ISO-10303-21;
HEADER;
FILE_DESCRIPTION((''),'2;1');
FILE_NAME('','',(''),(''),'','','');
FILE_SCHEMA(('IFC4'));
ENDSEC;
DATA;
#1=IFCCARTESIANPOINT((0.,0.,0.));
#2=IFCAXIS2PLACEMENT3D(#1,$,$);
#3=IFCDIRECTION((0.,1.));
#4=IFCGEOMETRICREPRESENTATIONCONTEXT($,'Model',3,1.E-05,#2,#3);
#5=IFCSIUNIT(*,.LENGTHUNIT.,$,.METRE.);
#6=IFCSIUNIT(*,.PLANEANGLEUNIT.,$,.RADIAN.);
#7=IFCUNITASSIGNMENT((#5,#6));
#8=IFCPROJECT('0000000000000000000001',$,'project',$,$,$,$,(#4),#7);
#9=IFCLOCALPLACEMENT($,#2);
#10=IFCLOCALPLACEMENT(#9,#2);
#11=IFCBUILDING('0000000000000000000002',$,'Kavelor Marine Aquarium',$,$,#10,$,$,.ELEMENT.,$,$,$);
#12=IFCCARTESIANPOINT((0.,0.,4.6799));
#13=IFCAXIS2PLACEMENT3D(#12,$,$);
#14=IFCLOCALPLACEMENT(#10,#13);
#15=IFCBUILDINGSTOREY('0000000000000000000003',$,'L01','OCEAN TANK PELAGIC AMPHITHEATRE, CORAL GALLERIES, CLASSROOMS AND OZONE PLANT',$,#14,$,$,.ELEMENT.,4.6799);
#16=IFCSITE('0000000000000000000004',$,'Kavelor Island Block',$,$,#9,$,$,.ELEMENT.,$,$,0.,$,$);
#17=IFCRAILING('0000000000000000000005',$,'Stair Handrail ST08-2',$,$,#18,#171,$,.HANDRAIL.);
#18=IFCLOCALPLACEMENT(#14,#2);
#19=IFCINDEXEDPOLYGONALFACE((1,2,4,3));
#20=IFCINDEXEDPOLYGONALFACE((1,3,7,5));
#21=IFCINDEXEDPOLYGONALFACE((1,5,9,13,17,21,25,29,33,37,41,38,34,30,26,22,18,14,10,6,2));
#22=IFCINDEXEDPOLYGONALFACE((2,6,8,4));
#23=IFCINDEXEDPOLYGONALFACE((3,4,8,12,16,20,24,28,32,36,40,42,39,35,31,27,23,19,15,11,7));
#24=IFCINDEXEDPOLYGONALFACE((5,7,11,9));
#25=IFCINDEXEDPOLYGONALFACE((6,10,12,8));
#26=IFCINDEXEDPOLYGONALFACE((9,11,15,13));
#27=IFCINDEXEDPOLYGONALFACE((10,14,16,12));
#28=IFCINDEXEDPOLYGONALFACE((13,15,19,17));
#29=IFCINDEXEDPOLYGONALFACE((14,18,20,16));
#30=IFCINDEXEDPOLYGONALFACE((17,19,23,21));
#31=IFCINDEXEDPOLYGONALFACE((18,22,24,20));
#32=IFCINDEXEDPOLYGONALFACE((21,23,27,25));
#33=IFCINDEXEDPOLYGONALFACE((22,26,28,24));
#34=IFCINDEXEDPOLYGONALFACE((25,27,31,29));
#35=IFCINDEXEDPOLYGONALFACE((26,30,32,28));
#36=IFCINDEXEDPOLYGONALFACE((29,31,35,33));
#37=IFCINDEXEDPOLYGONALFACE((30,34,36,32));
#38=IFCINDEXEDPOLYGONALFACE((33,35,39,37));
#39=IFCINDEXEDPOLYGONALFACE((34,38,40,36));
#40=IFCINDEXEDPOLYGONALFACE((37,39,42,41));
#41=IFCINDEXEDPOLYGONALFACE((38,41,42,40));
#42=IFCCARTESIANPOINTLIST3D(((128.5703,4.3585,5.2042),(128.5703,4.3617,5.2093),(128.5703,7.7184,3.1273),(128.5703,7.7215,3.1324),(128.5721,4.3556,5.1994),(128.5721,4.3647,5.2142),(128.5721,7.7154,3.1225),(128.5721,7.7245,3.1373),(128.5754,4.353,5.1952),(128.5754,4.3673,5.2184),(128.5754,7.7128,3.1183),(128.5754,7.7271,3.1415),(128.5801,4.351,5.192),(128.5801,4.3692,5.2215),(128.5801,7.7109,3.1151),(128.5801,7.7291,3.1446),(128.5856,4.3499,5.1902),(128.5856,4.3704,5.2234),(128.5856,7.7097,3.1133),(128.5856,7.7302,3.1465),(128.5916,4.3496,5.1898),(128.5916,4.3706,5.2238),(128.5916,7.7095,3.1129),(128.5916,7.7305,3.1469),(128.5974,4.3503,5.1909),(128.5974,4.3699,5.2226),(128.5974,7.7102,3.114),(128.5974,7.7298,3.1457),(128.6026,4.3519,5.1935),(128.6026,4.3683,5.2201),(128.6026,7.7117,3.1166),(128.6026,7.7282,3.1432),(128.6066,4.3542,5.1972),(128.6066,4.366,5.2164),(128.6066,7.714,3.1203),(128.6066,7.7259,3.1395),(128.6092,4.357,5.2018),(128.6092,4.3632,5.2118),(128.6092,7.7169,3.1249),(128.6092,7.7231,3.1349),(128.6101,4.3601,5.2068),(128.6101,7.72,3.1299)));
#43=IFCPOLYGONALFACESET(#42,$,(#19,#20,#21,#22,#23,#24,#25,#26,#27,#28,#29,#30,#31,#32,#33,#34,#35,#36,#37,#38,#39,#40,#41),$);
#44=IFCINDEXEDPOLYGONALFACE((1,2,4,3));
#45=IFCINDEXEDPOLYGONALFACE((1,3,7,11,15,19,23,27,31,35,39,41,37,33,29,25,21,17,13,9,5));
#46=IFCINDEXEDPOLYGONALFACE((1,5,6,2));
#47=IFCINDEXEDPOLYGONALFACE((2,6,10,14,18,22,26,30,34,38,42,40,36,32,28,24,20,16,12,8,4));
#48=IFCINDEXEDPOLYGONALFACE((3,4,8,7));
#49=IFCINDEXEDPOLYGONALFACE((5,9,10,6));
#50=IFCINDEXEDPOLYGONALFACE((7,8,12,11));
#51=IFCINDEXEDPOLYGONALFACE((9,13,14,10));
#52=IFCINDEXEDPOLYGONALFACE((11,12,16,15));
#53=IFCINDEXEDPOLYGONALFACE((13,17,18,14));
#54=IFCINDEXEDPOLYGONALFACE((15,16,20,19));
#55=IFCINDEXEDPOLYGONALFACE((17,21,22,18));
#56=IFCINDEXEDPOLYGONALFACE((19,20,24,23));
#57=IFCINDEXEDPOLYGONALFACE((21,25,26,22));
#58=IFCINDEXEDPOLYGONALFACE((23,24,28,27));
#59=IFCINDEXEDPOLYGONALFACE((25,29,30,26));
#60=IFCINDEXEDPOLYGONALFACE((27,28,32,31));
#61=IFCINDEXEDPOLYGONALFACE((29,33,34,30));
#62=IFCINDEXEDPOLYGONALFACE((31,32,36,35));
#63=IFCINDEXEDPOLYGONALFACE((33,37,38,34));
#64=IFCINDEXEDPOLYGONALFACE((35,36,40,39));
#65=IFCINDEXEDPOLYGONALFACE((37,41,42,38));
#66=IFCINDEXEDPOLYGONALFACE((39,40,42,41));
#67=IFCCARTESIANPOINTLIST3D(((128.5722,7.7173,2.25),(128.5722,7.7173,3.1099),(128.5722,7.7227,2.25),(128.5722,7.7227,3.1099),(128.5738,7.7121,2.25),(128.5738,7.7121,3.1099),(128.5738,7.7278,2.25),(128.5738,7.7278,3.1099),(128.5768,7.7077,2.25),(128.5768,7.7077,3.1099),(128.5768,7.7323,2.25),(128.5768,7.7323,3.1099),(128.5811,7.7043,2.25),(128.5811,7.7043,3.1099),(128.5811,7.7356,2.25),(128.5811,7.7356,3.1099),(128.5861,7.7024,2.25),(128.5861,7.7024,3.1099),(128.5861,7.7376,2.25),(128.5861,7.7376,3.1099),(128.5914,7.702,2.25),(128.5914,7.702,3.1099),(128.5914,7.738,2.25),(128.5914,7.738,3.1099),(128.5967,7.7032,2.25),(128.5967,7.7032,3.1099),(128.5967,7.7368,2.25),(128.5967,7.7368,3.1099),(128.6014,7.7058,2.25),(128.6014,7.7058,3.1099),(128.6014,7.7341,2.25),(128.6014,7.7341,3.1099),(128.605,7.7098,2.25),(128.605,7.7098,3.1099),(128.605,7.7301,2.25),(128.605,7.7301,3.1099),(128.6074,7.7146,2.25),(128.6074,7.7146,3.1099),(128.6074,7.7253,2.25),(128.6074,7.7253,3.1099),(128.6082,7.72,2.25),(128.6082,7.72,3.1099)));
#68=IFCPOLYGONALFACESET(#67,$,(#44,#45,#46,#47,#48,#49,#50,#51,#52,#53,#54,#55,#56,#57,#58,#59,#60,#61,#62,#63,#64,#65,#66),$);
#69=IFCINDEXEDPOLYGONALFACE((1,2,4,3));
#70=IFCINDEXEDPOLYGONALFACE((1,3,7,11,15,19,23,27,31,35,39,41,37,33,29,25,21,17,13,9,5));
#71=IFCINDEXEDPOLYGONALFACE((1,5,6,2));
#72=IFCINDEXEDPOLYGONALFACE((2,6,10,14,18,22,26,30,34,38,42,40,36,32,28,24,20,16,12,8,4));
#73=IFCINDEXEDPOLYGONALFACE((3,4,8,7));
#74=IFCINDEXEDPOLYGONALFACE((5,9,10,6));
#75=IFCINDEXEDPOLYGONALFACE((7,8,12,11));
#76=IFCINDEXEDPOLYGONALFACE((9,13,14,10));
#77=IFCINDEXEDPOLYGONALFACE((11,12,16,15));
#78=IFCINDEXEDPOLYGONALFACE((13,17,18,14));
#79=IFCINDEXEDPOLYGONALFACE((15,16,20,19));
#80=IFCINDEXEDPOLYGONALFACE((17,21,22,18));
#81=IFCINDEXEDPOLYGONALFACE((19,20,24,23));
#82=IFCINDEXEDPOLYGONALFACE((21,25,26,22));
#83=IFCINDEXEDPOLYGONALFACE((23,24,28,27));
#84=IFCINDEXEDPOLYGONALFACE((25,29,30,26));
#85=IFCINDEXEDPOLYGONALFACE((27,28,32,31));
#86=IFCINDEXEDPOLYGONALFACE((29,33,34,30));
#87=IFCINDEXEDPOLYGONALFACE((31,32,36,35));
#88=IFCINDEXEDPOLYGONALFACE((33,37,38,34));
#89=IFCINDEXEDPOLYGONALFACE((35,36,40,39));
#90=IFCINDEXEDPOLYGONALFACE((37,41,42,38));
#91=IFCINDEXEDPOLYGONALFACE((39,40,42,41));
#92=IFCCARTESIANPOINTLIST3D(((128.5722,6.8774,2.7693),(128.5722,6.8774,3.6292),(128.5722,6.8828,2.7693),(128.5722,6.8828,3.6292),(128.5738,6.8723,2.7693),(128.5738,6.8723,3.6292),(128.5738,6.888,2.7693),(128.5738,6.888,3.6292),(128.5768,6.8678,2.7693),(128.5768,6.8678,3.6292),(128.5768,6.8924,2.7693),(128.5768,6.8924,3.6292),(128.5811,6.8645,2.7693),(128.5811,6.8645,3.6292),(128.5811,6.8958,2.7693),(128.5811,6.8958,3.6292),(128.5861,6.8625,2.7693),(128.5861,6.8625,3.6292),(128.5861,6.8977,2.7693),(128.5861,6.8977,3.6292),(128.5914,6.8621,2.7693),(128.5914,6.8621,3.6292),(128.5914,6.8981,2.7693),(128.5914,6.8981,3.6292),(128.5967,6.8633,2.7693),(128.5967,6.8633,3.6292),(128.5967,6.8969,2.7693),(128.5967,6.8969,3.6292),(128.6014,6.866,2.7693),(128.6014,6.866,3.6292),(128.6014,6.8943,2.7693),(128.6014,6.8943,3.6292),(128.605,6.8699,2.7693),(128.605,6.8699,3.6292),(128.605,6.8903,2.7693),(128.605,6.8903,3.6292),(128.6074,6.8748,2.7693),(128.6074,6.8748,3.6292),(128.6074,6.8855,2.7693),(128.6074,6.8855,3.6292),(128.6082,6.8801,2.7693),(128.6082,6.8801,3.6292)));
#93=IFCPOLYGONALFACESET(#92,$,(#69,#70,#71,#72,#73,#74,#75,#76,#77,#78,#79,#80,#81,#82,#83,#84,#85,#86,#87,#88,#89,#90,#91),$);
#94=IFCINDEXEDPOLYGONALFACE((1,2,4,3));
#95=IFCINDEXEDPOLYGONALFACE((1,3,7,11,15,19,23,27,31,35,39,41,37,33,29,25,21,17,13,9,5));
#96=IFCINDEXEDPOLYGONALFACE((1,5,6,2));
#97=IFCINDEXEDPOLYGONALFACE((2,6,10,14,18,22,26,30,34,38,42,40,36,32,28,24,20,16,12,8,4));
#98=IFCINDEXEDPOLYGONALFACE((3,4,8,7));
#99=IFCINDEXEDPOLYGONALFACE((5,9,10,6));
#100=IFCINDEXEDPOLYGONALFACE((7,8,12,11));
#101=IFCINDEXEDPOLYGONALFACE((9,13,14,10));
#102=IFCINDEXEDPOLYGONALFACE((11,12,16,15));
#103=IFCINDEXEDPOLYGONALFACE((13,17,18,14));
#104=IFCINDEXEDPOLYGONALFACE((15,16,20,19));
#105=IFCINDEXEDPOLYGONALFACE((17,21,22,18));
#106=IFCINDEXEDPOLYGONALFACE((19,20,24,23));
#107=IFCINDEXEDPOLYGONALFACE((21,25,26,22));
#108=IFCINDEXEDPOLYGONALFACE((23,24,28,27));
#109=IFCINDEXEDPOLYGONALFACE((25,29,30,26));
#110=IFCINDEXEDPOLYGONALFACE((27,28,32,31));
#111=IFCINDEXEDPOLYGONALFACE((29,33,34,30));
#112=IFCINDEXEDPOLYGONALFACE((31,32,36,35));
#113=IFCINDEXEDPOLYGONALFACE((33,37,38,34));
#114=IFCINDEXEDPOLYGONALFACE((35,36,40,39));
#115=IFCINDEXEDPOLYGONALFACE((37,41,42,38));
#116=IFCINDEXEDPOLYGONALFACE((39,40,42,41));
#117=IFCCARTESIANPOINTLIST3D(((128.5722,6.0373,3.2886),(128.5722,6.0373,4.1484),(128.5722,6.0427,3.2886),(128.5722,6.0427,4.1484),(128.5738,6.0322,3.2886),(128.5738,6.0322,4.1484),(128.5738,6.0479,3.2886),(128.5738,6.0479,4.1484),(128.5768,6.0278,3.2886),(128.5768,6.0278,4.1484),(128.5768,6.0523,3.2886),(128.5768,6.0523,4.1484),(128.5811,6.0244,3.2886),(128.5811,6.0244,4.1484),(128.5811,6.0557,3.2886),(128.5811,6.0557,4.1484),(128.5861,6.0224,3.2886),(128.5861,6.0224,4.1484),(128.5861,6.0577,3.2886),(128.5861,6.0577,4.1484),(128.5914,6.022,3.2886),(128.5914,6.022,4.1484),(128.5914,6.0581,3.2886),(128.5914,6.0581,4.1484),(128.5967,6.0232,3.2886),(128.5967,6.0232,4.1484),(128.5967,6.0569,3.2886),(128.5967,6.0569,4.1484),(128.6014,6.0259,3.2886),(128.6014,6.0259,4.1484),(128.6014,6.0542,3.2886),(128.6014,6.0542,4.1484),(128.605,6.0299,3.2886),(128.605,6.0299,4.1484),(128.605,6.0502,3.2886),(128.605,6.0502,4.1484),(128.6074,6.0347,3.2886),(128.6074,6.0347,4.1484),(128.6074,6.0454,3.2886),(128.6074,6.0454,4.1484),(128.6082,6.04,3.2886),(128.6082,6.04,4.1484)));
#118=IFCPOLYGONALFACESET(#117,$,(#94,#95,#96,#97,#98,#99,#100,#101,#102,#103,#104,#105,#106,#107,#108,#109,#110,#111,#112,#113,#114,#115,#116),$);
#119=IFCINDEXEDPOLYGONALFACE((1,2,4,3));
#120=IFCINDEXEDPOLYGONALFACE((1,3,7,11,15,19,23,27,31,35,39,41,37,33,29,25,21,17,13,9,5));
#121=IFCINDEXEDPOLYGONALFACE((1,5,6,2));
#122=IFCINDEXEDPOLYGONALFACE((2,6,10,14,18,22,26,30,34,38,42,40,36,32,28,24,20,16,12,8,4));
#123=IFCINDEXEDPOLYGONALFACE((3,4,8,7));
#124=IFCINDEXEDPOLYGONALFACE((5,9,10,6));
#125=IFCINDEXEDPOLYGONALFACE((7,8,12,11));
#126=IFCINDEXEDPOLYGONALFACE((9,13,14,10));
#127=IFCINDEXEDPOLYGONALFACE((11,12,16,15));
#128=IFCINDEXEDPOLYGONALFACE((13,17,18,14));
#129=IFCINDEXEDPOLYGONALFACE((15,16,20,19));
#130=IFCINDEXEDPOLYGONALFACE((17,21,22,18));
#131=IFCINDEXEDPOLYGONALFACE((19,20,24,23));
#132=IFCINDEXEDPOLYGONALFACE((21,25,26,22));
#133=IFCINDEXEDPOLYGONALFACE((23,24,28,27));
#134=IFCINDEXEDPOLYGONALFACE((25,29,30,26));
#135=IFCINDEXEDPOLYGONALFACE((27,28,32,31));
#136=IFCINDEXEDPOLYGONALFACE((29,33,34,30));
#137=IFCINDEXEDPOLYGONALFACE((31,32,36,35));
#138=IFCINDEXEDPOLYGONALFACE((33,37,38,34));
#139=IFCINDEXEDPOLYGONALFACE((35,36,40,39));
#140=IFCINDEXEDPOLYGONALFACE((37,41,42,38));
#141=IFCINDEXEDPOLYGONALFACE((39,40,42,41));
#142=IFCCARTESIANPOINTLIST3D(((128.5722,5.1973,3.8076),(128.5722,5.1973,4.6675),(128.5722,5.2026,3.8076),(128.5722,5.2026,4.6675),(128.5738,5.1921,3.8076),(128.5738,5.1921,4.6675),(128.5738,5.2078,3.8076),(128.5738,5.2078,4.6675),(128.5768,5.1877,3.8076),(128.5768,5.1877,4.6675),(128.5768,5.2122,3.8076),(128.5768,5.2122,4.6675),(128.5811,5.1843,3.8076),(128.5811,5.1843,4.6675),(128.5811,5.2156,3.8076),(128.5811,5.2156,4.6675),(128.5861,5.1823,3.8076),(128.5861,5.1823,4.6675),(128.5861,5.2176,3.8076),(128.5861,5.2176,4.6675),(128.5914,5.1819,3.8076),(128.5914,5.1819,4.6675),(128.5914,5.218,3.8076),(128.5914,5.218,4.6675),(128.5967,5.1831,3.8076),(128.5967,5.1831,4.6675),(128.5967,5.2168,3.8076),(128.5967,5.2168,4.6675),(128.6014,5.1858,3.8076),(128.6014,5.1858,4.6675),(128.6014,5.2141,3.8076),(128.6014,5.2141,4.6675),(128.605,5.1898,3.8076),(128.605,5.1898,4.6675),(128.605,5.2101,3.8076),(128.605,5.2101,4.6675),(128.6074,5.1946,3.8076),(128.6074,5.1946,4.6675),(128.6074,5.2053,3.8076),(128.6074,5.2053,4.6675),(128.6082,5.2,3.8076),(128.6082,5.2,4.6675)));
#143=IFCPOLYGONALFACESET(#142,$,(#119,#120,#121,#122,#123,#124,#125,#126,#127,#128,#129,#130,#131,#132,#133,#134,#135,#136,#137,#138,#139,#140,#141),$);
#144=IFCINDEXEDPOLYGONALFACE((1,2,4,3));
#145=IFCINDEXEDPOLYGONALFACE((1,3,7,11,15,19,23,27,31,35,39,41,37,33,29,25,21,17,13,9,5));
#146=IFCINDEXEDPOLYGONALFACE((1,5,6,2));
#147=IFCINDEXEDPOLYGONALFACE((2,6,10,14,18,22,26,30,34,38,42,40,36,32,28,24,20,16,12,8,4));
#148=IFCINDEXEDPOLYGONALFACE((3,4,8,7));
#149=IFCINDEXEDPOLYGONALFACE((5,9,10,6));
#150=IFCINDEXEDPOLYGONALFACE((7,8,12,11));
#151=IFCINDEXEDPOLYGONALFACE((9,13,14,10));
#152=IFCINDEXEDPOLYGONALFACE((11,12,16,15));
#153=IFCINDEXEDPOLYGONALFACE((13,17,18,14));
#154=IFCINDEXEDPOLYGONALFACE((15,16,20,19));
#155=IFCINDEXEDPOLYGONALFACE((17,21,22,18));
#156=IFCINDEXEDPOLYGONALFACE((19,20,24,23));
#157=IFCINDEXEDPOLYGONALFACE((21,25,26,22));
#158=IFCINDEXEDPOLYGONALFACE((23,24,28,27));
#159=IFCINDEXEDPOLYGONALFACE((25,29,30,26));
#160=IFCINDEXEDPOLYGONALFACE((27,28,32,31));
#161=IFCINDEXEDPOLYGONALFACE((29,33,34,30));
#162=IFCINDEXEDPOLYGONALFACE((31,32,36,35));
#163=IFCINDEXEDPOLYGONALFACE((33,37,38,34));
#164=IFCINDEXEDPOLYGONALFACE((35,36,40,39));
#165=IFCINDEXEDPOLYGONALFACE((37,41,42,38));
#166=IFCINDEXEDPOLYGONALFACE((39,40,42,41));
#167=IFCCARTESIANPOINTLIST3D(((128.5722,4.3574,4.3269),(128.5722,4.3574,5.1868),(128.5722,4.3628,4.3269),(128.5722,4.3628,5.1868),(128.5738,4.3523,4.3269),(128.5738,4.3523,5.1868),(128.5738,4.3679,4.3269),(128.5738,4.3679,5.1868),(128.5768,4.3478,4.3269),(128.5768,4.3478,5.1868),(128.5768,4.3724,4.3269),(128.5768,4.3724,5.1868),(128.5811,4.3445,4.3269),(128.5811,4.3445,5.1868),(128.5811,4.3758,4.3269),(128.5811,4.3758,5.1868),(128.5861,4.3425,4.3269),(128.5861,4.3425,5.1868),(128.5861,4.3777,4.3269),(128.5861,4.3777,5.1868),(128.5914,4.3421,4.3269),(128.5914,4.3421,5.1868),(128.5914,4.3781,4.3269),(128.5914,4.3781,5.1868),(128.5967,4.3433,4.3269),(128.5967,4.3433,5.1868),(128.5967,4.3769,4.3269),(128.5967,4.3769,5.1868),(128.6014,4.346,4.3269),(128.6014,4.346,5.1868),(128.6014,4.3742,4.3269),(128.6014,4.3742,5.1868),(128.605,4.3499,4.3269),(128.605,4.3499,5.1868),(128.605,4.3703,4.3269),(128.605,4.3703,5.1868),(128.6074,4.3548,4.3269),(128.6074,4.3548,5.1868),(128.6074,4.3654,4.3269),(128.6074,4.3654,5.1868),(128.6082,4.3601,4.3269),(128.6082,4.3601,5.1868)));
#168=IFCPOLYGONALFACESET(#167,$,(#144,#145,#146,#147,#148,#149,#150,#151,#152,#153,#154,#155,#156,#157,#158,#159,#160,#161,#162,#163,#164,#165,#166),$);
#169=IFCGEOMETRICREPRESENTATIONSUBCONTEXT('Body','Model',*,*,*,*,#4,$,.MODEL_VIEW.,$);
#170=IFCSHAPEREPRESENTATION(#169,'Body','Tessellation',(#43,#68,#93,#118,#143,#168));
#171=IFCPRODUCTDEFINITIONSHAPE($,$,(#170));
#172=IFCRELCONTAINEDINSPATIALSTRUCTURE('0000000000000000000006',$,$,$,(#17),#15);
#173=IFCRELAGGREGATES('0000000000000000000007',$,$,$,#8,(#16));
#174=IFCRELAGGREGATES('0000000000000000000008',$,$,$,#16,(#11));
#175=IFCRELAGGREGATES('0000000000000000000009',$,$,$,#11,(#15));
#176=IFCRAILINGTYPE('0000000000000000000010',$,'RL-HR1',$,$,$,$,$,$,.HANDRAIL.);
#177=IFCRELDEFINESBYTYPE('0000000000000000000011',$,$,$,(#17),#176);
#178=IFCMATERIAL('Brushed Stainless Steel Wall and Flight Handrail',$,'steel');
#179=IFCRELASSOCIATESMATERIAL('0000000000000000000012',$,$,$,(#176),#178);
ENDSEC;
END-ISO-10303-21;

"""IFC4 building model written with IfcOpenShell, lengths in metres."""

from ifc_helpers import new_model, si_unit, direction, frame, origin, origin_2d, place, context, subcontext, project, spatial, circle, extrude, material, type_object, element, save


model = new_model("IFC4")

# Units and contexts
model_context = context("Model", 3, precision=1e-05, world=origin(), true_north=direction((0.0, 1.0)))
body_context = subcontext(model_context, "Body", "Model", "MODEL_VIEW")
ifc_project = project(units=[si_unit("LENGTHUNIT", "METRE"), si_unit("PLANEANGLEUNIT", "RADIAN")], contexts=[model_context])

# Site, building, storey
site_placement = place(None, origin())
site = spatial("IfcSite", under=ifc_project, at=site_placement, Name="Kavelor Island Block", CompositionType="ELEMENT", RefElevation=0.0)
building_placement = place(site_placement, origin())
building = spatial("IfcBuilding", under=site, at=building_placement, Name="Kavelor Marine Aquarium", CompositionType="ELEMENT")
storey_placement = place(building_placement, frame((0.0, 0.0, 4.6799)))
storey = spatial("IfcBuildingStorey", under=building, at=storey_placement, Name="L01", Description="OCEAN TANK PELAGIC AMPHITHEATRE, CORAL GALLERIES, CLASSROOMS AND OZONE PLANT", CompositionType="ELEMENT", Elevation=4.6799)

# Railing
ifc_material_1 = material(Name="Brushed Stainless Steel Wall and Flight Handrail", Category="steel")
railing_type_1 = type_object("IfcRailingType", Name="RL-HR1", PredefinedType="HANDRAIL", material=ifc_material_1)
railing_1_placement = place(storey_placement, frame((128.5901, 7.72, 2.25)))
element("IfcRailing", 1, at=railing_1_placement, inside=storey, type_object=railing_type_1, Name="Stair Handrail ST08-2", PredefinedType="HANDRAIL", context=body_context, shape_type="SweptSolid", body=[
    extrude(circle(Radius=0.02, at=origin_2d()), frame((0.0, 0.0, 0.8799), z_axis=(0.0, -0.850606, 0.525803), x_axis=(1.0, 0.0, 0.0)), (0.0, 0.0, 1.0), 3.95),
    extrude(circle(Radius=0.0181, at=origin_2d()), origin(), (0.0, 0.0, 1.0), 0.8599),
    extrude(circle(Radius=0.0181, at=origin_2d()), frame((0.0, -0.8398, 0.5193)), (0.0, 0.0, 1.0), 0.8599),
    extrude(circle(Radius=0.0181, at=origin_2d()), frame((0.0, -1.6799, 1.0386)), (0.0, 0.0, 1.0), 0.8599),
    extrude(circle(Radius=0.0181, at=origin_2d()), frame((0.0, -2.52, 1.5576)), (0.0, 0.0, 1.0), 0.8599),
    extrude(circle(Radius=0.0181, at=origin_2d()), frame((0.0, -3.3599, 2.0769)), (0.0, 0.0, 1.0), 0.8599),
])

save(model, "model.ifc")
